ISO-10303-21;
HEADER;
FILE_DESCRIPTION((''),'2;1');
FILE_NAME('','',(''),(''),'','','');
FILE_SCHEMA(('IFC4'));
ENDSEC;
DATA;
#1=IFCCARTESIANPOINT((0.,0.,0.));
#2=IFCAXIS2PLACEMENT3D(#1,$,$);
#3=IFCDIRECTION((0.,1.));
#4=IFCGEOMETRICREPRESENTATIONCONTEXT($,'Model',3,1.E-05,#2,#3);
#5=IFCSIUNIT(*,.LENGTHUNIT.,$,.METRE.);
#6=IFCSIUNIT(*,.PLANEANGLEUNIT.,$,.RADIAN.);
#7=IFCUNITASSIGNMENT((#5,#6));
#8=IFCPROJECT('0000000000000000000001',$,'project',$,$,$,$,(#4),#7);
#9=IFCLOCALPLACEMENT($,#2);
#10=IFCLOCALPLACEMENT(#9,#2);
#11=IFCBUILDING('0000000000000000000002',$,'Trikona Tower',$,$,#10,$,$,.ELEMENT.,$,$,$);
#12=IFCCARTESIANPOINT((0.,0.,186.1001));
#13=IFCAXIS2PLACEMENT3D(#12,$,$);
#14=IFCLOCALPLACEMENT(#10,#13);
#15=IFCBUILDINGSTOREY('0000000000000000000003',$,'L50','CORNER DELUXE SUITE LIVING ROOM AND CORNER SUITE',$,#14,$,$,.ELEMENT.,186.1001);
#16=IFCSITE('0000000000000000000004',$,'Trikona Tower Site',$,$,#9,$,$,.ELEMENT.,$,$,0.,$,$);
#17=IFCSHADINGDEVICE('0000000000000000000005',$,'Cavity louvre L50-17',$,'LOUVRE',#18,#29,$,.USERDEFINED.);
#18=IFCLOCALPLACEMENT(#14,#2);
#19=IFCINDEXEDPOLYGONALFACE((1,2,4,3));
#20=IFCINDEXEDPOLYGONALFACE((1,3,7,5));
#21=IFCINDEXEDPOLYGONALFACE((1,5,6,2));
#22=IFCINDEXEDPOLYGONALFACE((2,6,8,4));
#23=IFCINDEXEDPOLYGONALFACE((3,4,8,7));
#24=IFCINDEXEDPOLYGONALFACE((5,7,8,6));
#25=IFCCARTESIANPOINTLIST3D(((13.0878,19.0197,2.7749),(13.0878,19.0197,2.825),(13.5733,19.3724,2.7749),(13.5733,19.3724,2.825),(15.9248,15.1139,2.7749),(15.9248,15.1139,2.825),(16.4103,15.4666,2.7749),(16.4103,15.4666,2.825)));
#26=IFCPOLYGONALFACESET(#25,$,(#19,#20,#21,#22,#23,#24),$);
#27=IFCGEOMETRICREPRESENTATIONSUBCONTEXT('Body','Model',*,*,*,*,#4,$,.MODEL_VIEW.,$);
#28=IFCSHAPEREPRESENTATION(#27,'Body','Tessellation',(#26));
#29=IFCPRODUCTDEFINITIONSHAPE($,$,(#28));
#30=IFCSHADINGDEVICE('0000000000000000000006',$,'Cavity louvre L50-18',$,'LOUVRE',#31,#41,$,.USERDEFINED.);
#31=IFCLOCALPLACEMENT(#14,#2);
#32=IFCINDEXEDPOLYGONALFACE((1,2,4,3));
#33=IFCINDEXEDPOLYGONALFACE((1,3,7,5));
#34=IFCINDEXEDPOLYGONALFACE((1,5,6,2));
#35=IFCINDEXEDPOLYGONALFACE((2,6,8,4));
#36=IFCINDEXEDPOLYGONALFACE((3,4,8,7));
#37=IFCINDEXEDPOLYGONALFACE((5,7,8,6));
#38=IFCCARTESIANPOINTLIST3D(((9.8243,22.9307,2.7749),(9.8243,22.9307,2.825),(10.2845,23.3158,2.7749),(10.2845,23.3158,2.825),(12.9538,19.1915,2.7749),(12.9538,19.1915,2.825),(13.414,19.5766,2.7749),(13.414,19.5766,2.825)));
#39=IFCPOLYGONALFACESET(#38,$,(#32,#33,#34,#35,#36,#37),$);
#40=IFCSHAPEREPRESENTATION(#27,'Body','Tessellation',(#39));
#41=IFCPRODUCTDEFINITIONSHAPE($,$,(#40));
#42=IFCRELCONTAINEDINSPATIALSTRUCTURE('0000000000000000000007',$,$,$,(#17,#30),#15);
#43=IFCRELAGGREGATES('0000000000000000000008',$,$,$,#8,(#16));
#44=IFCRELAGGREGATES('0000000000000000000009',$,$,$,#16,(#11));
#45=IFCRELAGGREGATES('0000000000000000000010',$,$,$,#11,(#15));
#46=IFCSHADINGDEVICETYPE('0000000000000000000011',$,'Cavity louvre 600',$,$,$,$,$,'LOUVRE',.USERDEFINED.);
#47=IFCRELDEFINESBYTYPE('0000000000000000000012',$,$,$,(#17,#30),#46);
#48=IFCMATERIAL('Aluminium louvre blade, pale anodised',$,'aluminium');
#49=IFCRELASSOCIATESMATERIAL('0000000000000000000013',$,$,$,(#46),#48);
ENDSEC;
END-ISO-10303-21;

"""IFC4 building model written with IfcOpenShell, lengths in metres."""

from ifc_helpers import new_model, si_unit, direction, frame, origin, origin_2d, place, context, subcontext, project, spatial, rectangle, extrude, material, type_object, element, save


model = new_model("IFC4")

# Units and contexts
model_context = context("Model", 3, precision=1e-05, world=origin(), true_north=direction((0.0, 1.0)))
body_context = subcontext(model_context, "Body", "Model", "MODEL_VIEW")
ifc_project = project(units=[si_unit("LENGTHUNIT", "METRE"), si_unit("PLANEANGLEUNIT", "RADIAN")], contexts=[model_context])

# Site, building, storey
site_placement = place(None, origin())
site = spatial("IfcSite", under=ifc_project, at=site_placement, Name="Trikona Tower Site", CompositionType="ELEMENT", RefElevation=0.0)
building_placement = place(site_placement, origin())
building = spatial("IfcBuilding", under=site, at=building_placement, Name="Trikona Tower", CompositionType="ELEMENT")
storey_placement = place(building_placement, frame((0.0, 0.0, 186.1001)))
storey = spatial("IfcBuildingStorey", under=building, at=storey_placement, Name="L50", Description="CORNER DELUXE SUITE LIVING ROOM AND CORNER SUITE", CompositionType="ELEMENT", Elevation=186.1001)

# Shading devices
ifc_material_1 = material(Name="Aluminium louvre blade, pale anodised", Category="aluminium")
shading_device_type = type_object("IfcShadingDeviceType", Name="Cavity louvre 600", ElementType="LOUVRE", PredefinedType="USERDEFINED", material=ifc_material_1)
shading_device_1_placement = place(storey_placement, frame((14.749, 17.2432, 2.7749), z_axis=(0.0, 0.0, 1.0), x_axis=(-0.587686, 0.809089, 0.0)))
element("IfcShadingDevice", 1, at=shading_device_1_placement, inside=storey, type_object=shading_device_type, Name="Cavity louvre L50-17", ObjectType="LOUVRE", PredefinedType="USERDEFINED", context=body_context, shape_type="SweptSolid", body=[
    extrude(rectangle(XDim=4.8274, YDim=0.6001, at=origin_2d()), origin(), (0.0, 0.0, 1.0), 0.05),
])
shading_device_2_placement = place(storey_placement, frame((11.6191, 21.2537, 2.7749), z_axis=(0.0, 0.0, 1.0), x_axis=(-0.641807, 0.766866, 0.0)))
element("IfcShadingDevice", 2, at=shading_device_2_placement, inside=storey, type_object=shading_device_type, Name="Cavity louvre L50-18", ObjectType="LOUVRE", PredefinedType="USERDEFINED", context=body_context, shape_type="SweptSolid", body=[
    extrude(rectangle(XDim=4.876, YDim=0.6001, at=origin_2d()), origin(), (0.0, 0.0, 1.0), 0.05),
])

save(model, "model.ifc")
